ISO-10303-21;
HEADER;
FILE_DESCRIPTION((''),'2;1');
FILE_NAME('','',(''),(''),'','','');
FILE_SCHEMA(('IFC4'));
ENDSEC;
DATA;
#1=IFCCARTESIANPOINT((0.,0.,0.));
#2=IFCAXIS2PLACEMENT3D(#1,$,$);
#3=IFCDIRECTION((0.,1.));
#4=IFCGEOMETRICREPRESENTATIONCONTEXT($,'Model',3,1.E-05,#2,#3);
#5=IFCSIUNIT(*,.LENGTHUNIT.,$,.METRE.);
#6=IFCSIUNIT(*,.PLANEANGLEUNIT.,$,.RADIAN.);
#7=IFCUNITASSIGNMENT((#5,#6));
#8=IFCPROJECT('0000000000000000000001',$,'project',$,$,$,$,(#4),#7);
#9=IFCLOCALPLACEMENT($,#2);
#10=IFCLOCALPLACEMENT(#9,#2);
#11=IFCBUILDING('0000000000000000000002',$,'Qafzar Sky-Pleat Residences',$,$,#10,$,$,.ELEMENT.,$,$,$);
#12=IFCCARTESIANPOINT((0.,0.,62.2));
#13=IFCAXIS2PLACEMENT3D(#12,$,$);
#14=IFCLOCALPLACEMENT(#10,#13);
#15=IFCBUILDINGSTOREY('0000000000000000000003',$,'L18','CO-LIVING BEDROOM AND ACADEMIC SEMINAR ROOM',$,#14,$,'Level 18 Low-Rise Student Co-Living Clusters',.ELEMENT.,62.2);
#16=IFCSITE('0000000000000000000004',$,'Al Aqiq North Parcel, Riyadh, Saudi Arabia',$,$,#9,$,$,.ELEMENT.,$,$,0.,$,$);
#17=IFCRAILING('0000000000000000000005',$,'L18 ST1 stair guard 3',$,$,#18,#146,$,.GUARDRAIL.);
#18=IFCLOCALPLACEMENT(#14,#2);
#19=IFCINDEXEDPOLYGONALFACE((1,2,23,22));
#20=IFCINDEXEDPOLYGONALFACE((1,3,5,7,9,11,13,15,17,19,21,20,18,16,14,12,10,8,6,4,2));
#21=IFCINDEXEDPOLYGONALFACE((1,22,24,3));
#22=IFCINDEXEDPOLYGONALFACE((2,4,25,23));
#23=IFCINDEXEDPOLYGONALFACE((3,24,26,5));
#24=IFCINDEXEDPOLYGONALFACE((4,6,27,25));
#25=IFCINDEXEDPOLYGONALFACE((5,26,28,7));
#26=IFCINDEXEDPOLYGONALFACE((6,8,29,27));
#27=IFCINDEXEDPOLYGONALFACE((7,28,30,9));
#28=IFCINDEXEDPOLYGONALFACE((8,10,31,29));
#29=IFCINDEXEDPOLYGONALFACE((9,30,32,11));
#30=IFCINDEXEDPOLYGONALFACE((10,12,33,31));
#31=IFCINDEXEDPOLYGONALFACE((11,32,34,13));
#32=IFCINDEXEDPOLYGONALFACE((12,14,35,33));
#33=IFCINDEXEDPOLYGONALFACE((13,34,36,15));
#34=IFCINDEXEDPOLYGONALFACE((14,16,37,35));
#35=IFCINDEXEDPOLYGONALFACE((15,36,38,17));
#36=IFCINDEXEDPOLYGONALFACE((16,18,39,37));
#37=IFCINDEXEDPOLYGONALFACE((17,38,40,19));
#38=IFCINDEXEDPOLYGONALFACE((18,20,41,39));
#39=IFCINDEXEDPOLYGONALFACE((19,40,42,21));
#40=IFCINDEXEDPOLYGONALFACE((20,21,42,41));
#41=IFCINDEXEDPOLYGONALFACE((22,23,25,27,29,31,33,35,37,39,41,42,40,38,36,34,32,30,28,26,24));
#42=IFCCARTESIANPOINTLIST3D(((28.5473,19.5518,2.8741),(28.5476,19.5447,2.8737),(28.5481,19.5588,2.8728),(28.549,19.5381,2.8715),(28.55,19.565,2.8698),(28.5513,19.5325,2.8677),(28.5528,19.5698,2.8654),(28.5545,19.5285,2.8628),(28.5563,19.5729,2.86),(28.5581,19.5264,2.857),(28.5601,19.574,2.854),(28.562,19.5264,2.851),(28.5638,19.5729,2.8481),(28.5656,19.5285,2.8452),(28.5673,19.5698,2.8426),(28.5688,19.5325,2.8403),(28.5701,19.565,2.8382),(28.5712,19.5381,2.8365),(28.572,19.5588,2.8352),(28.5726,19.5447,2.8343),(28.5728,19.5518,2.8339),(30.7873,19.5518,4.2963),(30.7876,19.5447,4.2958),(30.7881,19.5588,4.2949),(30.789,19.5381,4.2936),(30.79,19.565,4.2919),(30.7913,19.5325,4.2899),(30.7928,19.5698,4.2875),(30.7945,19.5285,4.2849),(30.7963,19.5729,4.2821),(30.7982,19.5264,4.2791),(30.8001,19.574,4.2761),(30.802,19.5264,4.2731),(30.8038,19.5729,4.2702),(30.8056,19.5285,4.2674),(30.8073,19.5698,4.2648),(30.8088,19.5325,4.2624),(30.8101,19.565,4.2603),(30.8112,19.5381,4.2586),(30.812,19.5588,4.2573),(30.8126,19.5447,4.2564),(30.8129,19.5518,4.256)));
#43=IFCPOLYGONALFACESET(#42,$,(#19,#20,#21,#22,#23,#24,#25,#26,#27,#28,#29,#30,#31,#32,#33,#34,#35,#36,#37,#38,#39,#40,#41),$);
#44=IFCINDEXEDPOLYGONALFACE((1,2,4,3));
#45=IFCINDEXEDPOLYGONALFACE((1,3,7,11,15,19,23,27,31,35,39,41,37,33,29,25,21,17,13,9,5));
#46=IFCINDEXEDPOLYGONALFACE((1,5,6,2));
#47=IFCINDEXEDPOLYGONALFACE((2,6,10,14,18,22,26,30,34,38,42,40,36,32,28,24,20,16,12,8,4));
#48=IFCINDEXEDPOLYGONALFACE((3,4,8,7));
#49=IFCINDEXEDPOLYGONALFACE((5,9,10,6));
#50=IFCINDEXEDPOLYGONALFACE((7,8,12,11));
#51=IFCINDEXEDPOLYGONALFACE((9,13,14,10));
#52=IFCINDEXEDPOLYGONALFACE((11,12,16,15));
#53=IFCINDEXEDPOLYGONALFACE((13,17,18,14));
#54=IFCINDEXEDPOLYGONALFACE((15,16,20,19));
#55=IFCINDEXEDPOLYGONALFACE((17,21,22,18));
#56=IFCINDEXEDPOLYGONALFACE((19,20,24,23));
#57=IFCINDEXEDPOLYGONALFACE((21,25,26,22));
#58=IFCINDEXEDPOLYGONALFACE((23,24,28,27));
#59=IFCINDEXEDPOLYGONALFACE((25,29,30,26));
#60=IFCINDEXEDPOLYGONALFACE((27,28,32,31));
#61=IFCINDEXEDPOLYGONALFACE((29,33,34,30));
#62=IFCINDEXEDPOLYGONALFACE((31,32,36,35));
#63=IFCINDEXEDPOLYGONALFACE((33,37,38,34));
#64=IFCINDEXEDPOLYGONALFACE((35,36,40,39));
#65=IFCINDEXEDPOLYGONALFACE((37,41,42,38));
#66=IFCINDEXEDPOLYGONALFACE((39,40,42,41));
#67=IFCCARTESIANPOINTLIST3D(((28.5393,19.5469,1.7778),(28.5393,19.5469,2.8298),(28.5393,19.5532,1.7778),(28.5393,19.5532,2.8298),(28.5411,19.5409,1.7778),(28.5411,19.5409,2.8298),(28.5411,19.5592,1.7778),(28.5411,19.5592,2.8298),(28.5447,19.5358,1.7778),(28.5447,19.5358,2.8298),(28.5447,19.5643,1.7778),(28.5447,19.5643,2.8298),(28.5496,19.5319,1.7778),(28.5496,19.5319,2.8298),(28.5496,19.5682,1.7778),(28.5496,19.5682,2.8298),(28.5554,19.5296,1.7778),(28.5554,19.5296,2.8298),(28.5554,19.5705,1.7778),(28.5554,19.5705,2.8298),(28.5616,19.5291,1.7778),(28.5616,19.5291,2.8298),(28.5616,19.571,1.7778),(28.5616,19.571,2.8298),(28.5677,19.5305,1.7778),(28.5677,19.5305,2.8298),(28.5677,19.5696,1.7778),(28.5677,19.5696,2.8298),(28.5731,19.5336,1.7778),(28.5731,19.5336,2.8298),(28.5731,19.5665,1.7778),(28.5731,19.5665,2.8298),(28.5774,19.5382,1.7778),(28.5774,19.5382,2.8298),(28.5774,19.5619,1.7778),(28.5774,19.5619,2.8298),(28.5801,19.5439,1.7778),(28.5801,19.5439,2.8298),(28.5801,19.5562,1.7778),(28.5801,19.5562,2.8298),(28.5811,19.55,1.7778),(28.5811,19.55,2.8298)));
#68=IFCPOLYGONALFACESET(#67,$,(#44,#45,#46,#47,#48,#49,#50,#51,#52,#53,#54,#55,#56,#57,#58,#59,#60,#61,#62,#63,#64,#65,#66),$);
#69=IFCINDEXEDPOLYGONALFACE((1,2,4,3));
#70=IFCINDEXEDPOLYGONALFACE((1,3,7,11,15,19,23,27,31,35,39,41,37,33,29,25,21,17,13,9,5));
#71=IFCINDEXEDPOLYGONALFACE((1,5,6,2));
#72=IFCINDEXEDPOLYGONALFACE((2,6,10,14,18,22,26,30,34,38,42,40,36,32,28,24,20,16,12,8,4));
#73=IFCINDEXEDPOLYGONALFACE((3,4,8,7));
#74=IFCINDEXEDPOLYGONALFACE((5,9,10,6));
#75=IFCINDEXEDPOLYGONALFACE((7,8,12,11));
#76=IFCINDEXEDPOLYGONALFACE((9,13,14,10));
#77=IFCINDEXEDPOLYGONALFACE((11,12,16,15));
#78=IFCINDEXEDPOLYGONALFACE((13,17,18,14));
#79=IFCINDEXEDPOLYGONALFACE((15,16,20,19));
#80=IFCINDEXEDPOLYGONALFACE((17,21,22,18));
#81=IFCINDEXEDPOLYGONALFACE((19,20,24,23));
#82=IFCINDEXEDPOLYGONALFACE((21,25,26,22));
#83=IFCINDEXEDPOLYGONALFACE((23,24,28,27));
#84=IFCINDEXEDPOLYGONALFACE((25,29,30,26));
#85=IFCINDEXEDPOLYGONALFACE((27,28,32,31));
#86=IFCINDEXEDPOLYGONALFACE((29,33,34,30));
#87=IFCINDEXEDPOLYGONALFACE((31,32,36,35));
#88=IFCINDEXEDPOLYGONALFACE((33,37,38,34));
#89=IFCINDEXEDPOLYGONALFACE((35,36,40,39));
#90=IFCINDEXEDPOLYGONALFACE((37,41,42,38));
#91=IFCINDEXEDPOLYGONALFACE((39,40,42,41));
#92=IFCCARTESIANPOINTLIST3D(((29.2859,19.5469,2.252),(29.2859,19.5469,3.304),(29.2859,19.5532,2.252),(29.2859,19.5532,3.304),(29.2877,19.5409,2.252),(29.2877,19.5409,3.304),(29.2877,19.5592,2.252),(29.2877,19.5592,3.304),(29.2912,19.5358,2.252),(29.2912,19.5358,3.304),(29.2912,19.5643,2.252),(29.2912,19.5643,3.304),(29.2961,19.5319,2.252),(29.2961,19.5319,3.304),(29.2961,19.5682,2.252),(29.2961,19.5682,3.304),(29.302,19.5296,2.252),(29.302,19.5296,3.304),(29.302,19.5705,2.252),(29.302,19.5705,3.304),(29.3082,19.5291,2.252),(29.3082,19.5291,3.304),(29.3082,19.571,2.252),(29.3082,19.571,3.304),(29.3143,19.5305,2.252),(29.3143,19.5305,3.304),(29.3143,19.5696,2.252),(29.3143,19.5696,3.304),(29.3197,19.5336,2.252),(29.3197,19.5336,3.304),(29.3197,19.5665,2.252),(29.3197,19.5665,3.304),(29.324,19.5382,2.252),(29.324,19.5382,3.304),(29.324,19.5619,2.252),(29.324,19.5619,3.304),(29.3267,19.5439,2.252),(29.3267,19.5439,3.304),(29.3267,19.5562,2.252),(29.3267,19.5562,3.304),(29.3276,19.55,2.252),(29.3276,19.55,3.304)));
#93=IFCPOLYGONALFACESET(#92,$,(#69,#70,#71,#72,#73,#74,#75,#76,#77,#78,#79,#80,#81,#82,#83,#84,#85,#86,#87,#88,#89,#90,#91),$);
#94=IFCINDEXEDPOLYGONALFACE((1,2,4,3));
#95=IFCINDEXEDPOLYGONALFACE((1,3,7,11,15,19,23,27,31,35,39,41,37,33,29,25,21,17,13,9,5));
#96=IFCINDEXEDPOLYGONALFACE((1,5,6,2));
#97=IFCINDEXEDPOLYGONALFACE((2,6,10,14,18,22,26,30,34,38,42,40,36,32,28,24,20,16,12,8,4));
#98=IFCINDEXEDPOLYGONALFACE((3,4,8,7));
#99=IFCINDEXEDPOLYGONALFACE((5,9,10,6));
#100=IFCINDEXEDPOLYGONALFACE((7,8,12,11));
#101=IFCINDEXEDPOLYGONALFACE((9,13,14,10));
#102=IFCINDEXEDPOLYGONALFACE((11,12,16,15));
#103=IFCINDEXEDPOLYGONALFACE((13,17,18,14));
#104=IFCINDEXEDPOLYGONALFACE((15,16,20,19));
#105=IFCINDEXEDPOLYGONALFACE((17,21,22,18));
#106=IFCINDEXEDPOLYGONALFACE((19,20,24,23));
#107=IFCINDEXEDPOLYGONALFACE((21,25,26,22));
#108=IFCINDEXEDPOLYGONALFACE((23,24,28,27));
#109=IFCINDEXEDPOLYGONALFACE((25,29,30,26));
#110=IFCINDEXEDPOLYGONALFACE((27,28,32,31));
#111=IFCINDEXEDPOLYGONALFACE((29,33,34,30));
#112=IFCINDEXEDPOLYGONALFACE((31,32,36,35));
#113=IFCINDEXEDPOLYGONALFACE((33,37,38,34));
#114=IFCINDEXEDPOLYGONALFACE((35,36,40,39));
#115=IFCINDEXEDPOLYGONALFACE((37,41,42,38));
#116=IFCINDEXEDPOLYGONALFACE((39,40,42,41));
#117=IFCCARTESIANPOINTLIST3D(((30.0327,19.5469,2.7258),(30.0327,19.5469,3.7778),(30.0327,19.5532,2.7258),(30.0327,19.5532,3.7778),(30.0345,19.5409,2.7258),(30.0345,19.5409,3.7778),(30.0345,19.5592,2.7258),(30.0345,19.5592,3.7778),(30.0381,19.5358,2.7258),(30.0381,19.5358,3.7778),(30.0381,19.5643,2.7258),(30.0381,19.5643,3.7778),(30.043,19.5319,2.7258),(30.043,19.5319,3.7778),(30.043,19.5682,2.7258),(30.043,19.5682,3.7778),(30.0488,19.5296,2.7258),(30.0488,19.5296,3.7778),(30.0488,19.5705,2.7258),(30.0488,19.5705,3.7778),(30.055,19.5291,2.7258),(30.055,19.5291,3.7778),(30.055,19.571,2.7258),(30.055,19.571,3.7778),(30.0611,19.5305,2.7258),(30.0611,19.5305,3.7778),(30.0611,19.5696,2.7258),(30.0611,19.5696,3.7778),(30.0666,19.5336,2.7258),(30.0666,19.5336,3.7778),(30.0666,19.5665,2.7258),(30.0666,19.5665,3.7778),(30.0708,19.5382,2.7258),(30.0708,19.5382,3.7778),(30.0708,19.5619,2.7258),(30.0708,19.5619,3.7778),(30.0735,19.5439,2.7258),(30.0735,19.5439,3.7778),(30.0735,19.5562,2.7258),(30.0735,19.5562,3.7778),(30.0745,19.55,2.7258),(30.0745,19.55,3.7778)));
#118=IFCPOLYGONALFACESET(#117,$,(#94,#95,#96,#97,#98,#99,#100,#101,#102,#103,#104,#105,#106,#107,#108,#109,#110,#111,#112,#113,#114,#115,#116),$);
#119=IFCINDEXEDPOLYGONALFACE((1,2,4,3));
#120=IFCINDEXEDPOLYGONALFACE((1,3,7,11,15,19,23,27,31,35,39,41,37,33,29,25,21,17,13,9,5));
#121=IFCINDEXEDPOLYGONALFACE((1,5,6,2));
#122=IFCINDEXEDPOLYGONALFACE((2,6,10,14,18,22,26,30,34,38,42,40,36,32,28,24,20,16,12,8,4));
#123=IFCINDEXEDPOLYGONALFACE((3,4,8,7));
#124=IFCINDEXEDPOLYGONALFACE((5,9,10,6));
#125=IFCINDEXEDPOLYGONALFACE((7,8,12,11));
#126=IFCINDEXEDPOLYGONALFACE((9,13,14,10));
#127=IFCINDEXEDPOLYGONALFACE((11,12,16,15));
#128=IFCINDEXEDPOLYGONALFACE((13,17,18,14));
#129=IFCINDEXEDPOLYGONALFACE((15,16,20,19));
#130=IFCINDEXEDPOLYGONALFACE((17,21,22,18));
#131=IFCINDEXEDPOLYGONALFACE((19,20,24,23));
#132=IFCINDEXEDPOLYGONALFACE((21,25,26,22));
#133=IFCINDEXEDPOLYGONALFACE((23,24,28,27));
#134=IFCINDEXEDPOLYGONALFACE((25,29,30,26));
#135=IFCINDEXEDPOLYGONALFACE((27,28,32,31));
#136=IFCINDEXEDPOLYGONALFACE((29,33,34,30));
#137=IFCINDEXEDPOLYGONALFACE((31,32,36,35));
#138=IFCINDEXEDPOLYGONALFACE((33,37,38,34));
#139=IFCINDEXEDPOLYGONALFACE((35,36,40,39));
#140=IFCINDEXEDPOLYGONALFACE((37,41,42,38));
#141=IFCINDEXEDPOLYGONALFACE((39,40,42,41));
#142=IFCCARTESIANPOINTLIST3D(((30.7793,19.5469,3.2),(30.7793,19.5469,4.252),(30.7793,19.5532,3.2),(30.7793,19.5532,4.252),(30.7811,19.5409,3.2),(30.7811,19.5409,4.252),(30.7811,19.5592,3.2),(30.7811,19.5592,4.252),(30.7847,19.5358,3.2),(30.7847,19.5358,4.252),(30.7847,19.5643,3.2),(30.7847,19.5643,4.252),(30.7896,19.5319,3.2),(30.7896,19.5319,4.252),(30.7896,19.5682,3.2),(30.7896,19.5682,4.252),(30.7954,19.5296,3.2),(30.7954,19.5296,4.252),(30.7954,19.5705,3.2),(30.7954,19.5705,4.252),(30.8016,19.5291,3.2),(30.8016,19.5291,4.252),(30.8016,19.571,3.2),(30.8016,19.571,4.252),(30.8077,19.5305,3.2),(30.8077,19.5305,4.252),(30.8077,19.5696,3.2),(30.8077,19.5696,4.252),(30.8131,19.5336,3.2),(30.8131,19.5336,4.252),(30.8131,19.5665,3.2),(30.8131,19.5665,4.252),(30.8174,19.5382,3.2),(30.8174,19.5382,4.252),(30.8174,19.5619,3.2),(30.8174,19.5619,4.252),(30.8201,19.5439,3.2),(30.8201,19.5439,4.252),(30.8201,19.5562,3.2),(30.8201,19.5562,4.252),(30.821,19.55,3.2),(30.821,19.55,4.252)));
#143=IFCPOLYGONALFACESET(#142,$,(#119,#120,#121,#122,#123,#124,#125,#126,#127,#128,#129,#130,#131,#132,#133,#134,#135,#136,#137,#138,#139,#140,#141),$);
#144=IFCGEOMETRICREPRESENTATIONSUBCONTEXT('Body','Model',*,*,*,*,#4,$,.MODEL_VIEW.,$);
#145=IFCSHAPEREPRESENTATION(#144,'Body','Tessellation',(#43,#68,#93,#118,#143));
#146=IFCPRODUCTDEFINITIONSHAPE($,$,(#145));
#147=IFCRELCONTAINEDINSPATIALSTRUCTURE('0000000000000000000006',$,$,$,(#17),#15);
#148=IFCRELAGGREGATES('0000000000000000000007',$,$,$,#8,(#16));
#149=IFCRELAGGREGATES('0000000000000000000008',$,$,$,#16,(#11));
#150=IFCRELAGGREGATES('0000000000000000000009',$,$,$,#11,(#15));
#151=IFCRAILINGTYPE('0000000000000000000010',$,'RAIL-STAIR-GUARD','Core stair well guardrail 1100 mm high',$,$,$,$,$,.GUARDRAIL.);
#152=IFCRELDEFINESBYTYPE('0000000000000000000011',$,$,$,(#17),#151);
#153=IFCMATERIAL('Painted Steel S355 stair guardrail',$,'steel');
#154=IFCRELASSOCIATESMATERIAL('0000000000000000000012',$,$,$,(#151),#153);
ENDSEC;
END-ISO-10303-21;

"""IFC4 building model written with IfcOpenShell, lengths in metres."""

from ifc_helpers import new_model, si_unit, direction, frame, origin, origin_2d, place, context, subcontext, project, spatial, circle, extrude, source, transform, mapped, material, type_object, element, save


model = new_model("IFC4")

# Units and contexts
model_context = context("Model", 3, precision=1e-05, world=origin(), true_north=direction((0.0, 1.0)))
body_context = subcontext(model_context, "Body", "Model", "MODEL_VIEW")
ifc_project = project(units=[si_unit("LENGTHUNIT", "METRE"), si_unit("PLANEANGLEUNIT", "RADIAN")], contexts=[model_context])

# Site, building, storey
site_placement = place(None, origin())
site = spatial("IfcSite", under=ifc_project, at=site_placement, Name="Al Aqiq North Parcel, Riyadh, Saudi Arabia", CompositionType="ELEMENT", RefElevation=0.0)
building_placement = place(site_placement, origin())
building = spatial("IfcBuilding", under=site, at=building_placement, Name="Qafzar Sky-Pleat Residences", CompositionType="ELEMENT")
storey_placement = place(building_placement, frame((0.0, 0.0, 62.2)))
storey = spatial("IfcBuildingStorey", under=building, at=storey_placement, Name="L18", Description="CO-LIVING BEDROOM AND ACADEMIC SEMINAR ROOM", LongName="Level 18 Low-Rise Student Co-Living Clusters", CompositionType="ELEMENT", Elevation=62.2)

# Railing
ifc_material_1 = material(Name="Painted Steel S355 stair guardrail", Category="steel")
railing_type_1 = type_object("IfcRailingType", Name="RAIL-STAIR-GUARD", Description="Core stair well guardrail 1100 mm high", PredefinedType="GUARDRAIL", material=ifc_material_1)
shared_shape_1 = source(origin(), body_context, "Body", "SweptSolid", [
    extrude(circle(Radius=0.0239, at=origin_2d()), frame((0.0, 0.0, 1.0762), z_axis=(0.844229, 0.0, 0.535982), x_axis=(0.0, 1.0, 0.0)), (0.0, 0.0, 1.0), 2.6533),
    extrude(circle(Radius=0.021, at=origin_2d()), origin(), (0.0, 0.0, 1.0), 1.052),
    extrude(circle(Radius=0.021, at=origin_2d()), frame((0.7466, 0.0, 0.4741)), (0.0, 0.0, 1.0), 1.052),
    extrude(circle(Radius=0.021, at=origin_2d()), frame((1.4934, 0.0, 0.948)), (0.0, 0.0, 1.0), 1.052),
    extrude(circle(Radius=0.021, at=origin_2d()), frame((2.24, 0.0, 1.4221)), (0.0, 0.0, 1.0), 1.052),
])
railing_1_placement = place(storey_placement, frame((28.5601, 19.55, 1.7778)))
element("IfcRailing", 1, at=railing_1_placement, inside=storey, type_object=railing_type_1, Name="L18 ST1 stair guard 3", PredefinedType="GUARDRAIL", context=body_context, shape_type="MappedRepresentation", body=[
    mapped(shared_shape_1, transform((0.0, 0.0, 0.0), x_axis=(1.0, 0.0, 0.0), y_axis=(0.0, 1.0, 0.0), z_axis=(0.0, 0.0, 1.0), scale=1.0)),
])

save(model, "model.ifc")
